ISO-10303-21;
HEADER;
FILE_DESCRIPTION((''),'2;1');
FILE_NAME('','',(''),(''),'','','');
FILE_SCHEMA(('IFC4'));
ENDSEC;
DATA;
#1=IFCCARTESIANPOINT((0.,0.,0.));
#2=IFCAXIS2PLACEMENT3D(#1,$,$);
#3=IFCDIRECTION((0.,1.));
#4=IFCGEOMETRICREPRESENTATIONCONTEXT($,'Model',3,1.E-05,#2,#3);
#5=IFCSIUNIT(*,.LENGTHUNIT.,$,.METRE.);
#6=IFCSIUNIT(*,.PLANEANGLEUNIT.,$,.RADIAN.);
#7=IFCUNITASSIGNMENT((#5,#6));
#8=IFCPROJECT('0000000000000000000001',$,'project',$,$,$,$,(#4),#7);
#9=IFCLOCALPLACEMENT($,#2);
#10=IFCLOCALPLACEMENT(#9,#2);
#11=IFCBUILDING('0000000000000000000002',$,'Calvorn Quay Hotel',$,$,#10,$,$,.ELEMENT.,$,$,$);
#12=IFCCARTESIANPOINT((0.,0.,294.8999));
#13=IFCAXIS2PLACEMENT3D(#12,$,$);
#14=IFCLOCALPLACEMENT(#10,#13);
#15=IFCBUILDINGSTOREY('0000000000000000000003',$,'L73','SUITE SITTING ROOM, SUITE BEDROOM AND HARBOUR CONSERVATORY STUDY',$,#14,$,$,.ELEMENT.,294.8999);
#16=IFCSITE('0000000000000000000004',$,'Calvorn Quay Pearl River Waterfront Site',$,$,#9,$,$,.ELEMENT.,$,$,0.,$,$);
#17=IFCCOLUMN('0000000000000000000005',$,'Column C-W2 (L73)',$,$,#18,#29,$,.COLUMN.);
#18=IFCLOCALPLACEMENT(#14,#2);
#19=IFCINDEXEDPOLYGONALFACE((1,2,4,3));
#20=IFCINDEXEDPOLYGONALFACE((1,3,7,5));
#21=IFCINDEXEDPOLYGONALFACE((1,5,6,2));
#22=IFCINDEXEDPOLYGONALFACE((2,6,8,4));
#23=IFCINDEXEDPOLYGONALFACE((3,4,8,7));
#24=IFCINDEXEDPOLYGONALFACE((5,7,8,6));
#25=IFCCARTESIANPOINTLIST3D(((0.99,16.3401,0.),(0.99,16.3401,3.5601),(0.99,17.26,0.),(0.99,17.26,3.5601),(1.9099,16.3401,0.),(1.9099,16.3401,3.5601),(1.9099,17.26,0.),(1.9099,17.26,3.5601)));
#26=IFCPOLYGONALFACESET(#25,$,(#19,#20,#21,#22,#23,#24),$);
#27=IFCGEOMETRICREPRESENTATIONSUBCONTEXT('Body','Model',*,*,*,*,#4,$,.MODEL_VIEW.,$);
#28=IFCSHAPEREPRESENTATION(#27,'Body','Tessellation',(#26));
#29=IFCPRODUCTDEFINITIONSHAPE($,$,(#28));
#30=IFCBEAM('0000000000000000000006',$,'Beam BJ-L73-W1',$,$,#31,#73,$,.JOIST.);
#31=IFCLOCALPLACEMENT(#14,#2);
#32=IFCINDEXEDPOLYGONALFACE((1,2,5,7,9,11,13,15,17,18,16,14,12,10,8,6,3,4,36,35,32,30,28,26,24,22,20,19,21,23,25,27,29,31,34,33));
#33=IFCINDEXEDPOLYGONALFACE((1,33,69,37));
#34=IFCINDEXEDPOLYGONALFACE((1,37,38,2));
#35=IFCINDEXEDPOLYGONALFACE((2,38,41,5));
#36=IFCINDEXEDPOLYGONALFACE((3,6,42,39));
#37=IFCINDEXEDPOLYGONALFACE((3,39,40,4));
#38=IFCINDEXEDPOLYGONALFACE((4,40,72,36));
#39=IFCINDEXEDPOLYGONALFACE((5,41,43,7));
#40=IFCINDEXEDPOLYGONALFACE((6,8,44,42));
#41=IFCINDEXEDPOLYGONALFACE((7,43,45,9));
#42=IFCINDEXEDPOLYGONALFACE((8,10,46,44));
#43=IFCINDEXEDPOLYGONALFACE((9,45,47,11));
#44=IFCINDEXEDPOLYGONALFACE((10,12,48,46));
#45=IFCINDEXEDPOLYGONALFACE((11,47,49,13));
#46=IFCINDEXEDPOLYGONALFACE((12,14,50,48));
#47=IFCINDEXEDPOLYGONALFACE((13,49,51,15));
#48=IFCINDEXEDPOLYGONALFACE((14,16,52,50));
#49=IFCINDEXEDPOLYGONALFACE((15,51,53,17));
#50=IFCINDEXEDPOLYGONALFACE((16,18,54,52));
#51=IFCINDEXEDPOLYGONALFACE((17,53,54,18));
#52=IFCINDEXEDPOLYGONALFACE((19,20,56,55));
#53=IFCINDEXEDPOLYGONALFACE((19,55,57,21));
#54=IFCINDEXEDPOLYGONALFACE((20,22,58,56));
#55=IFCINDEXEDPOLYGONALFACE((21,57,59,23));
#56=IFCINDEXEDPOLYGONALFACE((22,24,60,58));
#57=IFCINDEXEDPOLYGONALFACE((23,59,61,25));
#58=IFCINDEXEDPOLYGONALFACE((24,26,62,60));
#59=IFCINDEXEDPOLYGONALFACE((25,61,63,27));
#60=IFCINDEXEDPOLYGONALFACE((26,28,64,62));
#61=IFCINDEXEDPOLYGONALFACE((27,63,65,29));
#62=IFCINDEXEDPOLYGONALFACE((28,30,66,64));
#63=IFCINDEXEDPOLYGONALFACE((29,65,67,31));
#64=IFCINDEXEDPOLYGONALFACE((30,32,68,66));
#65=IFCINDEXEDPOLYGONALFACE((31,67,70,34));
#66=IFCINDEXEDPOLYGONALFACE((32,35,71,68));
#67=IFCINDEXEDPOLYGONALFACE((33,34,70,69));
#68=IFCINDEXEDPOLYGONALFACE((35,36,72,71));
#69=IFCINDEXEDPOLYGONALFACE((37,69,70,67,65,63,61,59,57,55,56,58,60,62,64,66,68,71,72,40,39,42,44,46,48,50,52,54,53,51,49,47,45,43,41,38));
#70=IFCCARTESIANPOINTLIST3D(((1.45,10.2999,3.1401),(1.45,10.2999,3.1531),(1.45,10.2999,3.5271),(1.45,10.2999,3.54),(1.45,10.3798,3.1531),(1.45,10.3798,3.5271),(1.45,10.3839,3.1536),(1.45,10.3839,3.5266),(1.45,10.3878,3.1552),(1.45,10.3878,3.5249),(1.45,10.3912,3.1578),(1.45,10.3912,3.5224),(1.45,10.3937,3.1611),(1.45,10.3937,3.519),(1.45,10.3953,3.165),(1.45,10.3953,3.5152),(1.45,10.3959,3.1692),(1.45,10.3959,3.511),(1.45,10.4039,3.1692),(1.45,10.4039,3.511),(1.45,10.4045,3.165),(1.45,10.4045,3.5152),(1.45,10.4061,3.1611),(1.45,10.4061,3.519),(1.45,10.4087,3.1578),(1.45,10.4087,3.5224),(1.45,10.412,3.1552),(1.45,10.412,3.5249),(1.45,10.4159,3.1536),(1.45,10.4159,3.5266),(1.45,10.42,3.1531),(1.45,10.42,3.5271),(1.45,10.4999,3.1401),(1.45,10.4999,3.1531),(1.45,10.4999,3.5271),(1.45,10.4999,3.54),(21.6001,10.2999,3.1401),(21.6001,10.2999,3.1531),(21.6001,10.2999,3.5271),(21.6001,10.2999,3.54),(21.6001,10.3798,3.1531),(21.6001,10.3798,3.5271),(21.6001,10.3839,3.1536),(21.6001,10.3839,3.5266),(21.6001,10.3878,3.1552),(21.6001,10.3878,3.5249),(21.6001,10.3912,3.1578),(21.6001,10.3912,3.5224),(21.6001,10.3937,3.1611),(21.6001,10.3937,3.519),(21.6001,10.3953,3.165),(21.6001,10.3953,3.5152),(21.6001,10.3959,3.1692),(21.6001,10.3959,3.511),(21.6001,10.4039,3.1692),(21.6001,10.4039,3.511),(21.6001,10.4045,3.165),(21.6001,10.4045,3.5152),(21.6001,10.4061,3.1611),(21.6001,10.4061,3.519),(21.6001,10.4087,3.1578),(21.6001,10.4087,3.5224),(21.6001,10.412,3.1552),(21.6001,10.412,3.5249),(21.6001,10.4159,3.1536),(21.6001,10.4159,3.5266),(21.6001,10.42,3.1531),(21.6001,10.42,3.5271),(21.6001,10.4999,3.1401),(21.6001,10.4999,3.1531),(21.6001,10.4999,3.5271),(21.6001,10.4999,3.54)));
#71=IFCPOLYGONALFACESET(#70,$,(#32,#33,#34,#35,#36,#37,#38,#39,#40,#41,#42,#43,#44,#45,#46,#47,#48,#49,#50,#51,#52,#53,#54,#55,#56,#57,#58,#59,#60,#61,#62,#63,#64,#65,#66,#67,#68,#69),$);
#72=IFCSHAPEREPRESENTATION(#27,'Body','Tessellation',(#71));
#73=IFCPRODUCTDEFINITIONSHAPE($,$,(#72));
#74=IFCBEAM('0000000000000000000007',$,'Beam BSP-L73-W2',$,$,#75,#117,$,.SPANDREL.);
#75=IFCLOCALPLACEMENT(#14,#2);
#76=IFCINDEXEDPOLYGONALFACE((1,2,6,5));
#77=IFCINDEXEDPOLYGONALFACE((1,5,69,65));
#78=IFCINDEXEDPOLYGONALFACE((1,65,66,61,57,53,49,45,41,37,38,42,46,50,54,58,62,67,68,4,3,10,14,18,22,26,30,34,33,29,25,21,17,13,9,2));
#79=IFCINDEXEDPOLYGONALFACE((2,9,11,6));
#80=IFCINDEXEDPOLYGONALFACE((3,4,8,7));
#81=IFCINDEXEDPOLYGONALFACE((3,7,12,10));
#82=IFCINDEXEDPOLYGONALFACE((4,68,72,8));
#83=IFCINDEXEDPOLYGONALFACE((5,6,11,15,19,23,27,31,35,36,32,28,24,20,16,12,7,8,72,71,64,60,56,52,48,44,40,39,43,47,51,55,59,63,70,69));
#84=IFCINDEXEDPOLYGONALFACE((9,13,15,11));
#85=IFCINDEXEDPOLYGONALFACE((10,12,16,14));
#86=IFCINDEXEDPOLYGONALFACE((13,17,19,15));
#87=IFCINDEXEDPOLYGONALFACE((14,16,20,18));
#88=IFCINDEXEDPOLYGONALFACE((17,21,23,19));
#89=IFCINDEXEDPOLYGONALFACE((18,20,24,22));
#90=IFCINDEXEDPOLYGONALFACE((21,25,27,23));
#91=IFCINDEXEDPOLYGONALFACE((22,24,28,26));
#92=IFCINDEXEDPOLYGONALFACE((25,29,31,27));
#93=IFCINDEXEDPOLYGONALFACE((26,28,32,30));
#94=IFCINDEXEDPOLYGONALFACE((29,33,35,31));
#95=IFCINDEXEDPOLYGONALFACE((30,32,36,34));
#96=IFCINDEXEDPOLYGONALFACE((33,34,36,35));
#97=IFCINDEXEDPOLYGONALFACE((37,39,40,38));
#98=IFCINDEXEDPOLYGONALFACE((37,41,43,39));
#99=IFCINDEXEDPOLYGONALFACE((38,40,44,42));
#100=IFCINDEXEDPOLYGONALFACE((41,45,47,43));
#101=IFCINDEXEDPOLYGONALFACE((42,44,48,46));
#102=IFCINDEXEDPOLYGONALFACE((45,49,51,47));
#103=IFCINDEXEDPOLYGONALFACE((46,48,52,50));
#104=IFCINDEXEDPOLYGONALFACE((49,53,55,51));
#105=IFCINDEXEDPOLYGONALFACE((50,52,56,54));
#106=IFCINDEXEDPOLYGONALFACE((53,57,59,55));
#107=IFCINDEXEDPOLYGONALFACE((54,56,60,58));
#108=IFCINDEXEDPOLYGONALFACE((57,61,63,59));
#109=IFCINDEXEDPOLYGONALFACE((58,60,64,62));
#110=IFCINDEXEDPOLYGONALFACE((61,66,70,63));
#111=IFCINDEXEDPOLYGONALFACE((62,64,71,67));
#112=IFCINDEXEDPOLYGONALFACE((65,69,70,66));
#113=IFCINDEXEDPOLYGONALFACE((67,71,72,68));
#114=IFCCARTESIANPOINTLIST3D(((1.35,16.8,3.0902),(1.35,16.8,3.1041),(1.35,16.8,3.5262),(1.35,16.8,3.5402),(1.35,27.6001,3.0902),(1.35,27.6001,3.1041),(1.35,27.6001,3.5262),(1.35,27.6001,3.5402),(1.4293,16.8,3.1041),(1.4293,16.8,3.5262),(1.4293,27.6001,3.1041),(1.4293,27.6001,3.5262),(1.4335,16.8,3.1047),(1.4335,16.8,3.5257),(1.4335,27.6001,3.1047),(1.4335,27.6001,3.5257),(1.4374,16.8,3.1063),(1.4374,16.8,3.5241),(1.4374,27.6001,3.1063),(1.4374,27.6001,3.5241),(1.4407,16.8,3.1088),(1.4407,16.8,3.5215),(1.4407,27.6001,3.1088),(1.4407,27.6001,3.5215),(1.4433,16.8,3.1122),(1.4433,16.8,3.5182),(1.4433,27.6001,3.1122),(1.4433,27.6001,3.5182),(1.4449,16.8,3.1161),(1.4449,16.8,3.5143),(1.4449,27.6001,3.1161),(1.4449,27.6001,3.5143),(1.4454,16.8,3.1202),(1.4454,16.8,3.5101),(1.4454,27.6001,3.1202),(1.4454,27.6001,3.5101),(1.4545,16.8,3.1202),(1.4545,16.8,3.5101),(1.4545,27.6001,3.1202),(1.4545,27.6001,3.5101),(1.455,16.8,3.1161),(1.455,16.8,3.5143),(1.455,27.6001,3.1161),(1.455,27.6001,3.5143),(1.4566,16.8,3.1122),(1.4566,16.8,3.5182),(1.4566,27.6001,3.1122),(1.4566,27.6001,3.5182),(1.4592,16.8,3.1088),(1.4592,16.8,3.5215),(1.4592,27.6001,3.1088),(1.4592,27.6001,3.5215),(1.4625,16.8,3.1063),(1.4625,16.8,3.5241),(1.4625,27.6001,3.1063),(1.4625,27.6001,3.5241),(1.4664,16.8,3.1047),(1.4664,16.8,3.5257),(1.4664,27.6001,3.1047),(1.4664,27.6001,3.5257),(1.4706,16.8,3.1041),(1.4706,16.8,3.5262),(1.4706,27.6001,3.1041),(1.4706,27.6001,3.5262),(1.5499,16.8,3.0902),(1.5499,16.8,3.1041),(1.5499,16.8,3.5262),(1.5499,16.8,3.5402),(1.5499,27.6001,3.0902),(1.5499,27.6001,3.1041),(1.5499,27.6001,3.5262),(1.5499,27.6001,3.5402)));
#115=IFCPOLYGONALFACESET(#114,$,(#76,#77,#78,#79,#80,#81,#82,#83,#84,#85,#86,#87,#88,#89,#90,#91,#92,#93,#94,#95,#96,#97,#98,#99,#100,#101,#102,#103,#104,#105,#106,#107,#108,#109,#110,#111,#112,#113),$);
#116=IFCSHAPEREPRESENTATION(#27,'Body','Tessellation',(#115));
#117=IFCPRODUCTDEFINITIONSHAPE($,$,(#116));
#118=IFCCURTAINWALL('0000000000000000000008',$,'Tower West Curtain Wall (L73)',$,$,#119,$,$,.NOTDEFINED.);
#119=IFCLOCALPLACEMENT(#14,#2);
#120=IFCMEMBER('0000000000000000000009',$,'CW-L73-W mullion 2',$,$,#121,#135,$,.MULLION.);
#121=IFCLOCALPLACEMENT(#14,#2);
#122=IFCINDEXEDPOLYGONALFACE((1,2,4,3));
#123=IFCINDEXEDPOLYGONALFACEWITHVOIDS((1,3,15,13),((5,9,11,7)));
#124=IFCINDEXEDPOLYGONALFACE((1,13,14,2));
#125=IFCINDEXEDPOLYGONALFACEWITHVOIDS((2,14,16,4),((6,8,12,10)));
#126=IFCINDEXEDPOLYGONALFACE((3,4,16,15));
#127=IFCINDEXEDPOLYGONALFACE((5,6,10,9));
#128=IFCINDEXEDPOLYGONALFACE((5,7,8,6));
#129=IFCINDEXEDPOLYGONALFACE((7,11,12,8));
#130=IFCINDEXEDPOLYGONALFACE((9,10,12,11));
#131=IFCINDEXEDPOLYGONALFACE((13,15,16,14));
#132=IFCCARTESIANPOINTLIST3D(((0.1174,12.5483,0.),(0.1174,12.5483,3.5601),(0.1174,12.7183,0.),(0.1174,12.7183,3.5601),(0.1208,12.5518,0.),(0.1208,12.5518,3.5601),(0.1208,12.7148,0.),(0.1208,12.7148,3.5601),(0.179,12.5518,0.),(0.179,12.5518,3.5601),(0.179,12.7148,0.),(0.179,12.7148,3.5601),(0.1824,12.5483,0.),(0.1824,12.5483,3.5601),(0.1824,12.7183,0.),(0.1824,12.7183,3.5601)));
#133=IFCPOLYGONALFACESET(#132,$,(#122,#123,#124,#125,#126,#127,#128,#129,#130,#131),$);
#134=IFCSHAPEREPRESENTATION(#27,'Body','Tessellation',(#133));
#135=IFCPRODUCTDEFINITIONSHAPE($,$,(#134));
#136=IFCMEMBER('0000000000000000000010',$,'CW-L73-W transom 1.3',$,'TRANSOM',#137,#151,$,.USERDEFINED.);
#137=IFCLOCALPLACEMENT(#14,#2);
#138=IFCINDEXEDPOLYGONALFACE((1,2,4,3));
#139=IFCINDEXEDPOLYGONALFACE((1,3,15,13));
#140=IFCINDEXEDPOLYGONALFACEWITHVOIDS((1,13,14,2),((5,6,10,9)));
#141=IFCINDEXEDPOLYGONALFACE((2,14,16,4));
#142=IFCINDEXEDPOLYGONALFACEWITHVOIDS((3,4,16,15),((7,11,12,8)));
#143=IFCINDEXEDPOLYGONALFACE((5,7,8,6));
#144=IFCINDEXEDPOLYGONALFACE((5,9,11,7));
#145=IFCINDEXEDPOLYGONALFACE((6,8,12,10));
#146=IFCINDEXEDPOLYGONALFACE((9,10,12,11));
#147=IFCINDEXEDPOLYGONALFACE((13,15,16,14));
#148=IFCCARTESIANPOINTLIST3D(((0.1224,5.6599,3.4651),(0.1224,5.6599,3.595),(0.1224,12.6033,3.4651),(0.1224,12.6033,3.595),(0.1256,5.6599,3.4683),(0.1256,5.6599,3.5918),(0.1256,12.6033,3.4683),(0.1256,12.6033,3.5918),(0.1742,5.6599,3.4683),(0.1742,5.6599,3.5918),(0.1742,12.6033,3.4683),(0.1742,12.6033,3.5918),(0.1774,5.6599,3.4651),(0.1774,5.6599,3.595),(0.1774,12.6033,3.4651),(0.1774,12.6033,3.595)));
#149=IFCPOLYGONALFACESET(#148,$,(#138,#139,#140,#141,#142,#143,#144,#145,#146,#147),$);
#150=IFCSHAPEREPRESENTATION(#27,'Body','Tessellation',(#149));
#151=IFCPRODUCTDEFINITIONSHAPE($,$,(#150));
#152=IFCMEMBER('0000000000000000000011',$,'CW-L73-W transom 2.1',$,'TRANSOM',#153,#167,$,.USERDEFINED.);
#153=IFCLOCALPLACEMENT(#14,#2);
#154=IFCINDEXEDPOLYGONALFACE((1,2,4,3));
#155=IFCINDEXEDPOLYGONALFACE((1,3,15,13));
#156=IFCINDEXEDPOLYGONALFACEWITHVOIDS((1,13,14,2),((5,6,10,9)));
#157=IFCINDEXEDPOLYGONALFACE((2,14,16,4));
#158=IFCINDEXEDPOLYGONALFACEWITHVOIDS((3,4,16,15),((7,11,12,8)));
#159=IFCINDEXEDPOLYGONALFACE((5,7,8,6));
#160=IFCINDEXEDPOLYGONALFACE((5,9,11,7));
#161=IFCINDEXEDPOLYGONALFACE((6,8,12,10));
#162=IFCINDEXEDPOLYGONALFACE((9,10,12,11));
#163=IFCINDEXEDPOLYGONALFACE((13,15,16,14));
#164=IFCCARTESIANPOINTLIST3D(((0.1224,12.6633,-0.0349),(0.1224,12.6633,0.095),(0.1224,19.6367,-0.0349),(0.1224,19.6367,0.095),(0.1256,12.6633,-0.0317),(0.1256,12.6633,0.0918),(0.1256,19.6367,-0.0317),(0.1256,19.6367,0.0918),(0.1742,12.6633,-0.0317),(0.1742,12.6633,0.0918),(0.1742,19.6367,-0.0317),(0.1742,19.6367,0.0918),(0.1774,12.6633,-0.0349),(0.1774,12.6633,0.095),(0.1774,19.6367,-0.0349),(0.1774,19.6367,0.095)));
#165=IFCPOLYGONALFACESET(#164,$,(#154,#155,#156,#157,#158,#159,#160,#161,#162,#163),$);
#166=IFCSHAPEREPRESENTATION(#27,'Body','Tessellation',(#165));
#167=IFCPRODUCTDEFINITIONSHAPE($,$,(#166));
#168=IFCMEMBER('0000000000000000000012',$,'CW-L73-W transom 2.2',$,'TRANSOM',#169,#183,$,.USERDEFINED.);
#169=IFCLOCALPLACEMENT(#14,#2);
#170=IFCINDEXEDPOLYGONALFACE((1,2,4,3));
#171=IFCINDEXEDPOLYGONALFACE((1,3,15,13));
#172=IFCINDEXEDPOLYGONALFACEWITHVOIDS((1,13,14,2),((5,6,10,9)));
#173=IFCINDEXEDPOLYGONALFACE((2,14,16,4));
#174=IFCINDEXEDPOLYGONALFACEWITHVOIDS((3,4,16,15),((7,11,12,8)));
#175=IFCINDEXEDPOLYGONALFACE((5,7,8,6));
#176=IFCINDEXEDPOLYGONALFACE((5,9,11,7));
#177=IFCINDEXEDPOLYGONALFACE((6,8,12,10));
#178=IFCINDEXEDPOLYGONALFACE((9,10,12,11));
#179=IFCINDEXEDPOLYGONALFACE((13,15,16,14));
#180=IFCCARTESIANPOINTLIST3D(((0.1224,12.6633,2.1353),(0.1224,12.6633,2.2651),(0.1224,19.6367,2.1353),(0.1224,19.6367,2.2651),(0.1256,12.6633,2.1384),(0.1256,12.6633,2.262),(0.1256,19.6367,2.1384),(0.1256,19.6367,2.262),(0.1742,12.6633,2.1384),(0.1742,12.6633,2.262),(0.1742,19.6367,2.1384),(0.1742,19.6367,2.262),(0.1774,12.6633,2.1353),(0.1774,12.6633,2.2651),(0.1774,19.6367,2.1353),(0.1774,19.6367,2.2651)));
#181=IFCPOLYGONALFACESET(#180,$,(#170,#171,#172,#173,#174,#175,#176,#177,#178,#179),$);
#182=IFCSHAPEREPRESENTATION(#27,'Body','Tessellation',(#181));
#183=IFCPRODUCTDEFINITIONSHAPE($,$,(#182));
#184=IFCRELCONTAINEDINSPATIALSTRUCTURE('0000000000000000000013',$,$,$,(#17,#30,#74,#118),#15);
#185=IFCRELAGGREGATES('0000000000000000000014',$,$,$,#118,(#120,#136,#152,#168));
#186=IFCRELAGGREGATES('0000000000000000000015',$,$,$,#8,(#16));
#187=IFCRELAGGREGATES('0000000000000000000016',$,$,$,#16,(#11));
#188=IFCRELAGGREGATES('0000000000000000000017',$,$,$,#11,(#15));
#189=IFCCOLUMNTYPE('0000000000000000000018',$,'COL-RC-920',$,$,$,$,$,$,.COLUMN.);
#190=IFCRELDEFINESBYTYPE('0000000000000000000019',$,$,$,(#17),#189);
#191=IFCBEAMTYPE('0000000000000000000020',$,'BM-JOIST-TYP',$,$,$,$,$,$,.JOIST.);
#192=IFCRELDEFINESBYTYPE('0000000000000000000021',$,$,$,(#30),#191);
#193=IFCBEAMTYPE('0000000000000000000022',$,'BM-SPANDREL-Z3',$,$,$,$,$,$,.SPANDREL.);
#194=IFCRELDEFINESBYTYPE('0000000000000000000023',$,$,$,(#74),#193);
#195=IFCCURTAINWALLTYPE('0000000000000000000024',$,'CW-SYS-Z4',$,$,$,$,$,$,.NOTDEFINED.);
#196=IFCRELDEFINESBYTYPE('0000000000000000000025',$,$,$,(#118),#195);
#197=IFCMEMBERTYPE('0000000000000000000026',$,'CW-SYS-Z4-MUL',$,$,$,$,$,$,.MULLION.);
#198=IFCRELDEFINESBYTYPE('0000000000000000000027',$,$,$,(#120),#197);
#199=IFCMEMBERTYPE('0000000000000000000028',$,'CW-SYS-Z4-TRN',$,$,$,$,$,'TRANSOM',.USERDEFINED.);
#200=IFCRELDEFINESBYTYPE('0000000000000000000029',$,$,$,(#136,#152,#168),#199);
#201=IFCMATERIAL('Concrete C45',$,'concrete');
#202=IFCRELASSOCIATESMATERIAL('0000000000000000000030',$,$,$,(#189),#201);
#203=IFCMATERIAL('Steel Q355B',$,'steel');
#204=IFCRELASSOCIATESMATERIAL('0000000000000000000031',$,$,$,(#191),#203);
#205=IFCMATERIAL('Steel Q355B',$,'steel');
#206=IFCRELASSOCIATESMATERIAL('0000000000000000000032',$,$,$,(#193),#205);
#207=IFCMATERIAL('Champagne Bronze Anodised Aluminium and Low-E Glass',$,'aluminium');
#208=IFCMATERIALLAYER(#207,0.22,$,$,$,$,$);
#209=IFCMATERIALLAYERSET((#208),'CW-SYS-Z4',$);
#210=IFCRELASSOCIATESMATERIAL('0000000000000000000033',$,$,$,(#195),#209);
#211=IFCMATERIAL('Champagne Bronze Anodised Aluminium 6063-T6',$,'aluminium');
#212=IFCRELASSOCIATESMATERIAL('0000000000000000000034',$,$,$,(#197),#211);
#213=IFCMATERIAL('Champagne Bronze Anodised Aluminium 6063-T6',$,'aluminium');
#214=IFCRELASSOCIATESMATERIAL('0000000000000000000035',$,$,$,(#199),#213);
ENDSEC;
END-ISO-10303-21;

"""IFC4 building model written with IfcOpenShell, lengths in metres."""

from ifc_helpers import new_model, si_unit, direction, frame, origin, origin_2d, place, context, subcontext, project, spatial, rectangle, hollow_rectangle, i_section, extrude, material, layer, layer_set, material_profile, profile_set, type_object, element, aggregate, save


model = new_model("IFC4")

# Units and contexts
model_context = context("Model", 3, precision=1e-05, world=origin(), true_north=direction((0.0, 1.0)))
body_context = subcontext(model_context, "Body", "Model", "MODEL_VIEW")
ifc_project = project(units=[si_unit("LENGTHUNIT", "METRE"), si_unit("PLANEANGLEUNIT", "RADIAN")], contexts=[model_context])

# Site, building, storey
site_placement = place(None, origin())
site = spatial("IfcSite", under=ifc_project, at=site_placement, Name="Calvorn Quay Pearl River Waterfront Site", CompositionType="ELEMENT", RefElevation=0.0)
building_placement = place(site_placement, origin())
building = spatial("IfcBuilding", under=site, at=building_placement, Name="Calvorn Quay Hotel", CompositionType="ELEMENT")
storey_placement = place(building_placement, frame((0.0, 0.0, 294.8999)))
storey = spatial("IfcBuildingStorey", under=building, at=storey_placement, Name="L73", Description="SUITE SITTING ROOM, SUITE BEDROOM AND HARBOUR CONSERVATORY STUDY", CompositionType="ELEMENT", Elevation=294.8999)

# Column
ifc_material_1 = material(Name="Concrete C45", Category="concrete")
ifc_material_profile_1 = material_profile(ifc_material_1, rectangle(XDim=0.9199, YDim=0.9199, at=origin_2d()), Name="RC920x920")
ifc_profile_set_1 = profile_set([ifc_material_profile_1], Name="Concrete C45")
column_type = type_object("IfcColumnType", Name="COL-RC-920", PredefinedType="COLUMN", material=ifc_profile_set_1)
column_placement = place(storey_placement, frame((1.45, 16.8, 0.0), z_axis=(0.0, 0.0, 1.0), x_axis=(1.0, 0.0, 0.0)))
element("IfcColumn", 1, at=column_placement, inside=storey, type_object=column_type, Name="Column C-W2 (L73)", PredefinedType="COLUMN", context=body_context, shape_type="SweptSolid", body=[
    extrude(rectangle(XDim=0.9199, YDim=0.9199, at=origin_2d()), origin(), (0.0, 0.0, 1.0), 3.5601),
])

# Beams
ifc_material_2 = material(Name="Steel Q355B", Category="steel")
ifc_material_profile_2 = material_profile(ifc_material_2, i_section(OverallWidth=0.2, OverallDepth=0.3999, WebThickness=0.0081, FlangeThickness=0.0129, FilletRadius=0.0161, at=origin_2d()), Name="HN400x200x8x13")
ifc_profile_set_2 = profile_set([ifc_material_profile_2], Name="Steel Q355B")
beam_type_1 = type_object("IfcBeamType", Name="BM-JOIST-TYP", PredefinedType="JOIST", material=ifc_profile_set_2)
beam_1_placement = place(storey_placement, frame((1.45, 10.3999, 3.3401), z_axis=(1.0, 0.0, 0.0), x_axis=(0.0, 1.0, 0.0)))
element("IfcBeam", 2, at=beam_1_placement, inside=storey, type_object=beam_type_1, Name="Beam BJ-L73-W1", PredefinedType="JOIST", context=body_context, shape_type="SweptSolid", body=[
    extrude(i_section(OverallWidth=0.2, OverallDepth=0.3999, WebThickness=0.0081, FlangeThickness=0.0129, FilletRadius=0.0161, at=origin_2d()), origin(), (0.0, 0.0, 1.0), 20.1501),
])
ifc_material_3 = material(Name="Steel Q355B", Category="steel")
ifc_material_profile_3 = material_profile(ifc_material_3, i_section(OverallWidth=0.2, OverallDepth=0.45, WebThickness=0.009, FlangeThickness=0.0139, FilletRadius=0.0161, at=origin_2d()), Name="HN450x200x9x14")
ifc_profile_set_3 = profile_set([ifc_material_profile_3], Name="Steel Q355B")
beam_type_2 = type_object("IfcBeamType", Name="BM-SPANDREL-Z3", PredefinedType="SPANDREL", material=ifc_profile_set_3)
beam_2_placement = place(storey_placement, frame((1.45, 16.8, 3.3152), z_axis=(0.0, 1.0, 0.0), x_axis=(-1.0, 0.0, 0.0)))
element("IfcBeam", 3, at=beam_2_placement, inside=storey, type_object=beam_type_2, Name="Beam BSP-L73-W2", PredefinedType="SPANDREL", context=body_context, shape_type="SweptSolid", body=[
    extrude(i_section(OverallWidth=0.2, OverallDepth=0.45, WebThickness=0.009, FlangeThickness=0.0139, FilletRadius=0.0161, at=origin_2d()), origin(), (0.0, 0.0, 1.0), 10.8),
])

# Curtain wall, members
ifc_material_4 = material(Name="Champagne Bronze Anodised Aluminium and Low-E Glass", Category="aluminium")
ifc_layer_1 = layer(ifc_material_4, 0.22)
ifc_layer_set_1 = layer_set([ifc_layer_1], Name="CW-SYS-Z4")
curtain_wall_type = type_object("IfcCurtainWallType", Name="CW-SYS-Z4", PredefinedType="NOTDEFINED", material=ifc_layer_set_1)
curtain_wall_placement = place(storey_placement, origin())
curtain_wall = element("IfcCurtainWall", 4, at=curtain_wall_placement, inside=storey, type_object=curtain_wall_type, Name="Tower West Curtain Wall (L73)", PredefinedType="NOTDEFINED")
ifc_material_5 = material(Name="Champagne Bronze Anodised Aluminium 6063-T6", Category="aluminium")
ifc_material_profile_4 = material_profile(ifc_material_5, hollow_rectangle(XDim=0.0649, YDim=0.1699, WallThickness=0.0034, at=origin_2d()), Name="ALU-M170x65x3.5")
ifc_profile_set_4 = profile_set([ifc_material_profile_4], Name="Champagne Bronze Anodised Aluminium 6063-T6")
member_type_1 = type_object("IfcMemberType", Name="CW-SYS-Z4-MUL", PredefinedType="MULLION", material=ifc_profile_set_4)
member_1_placement = place(storey_placement, frame((0.1499, 12.6333, 0.0), z_axis=(0.0, 0.0, 1.0), x_axis=(-1.0, 0.0, 0.0)))
member_1 = element("IfcMember", 5, at=member_1_placement, type_object=member_type_1, Name="CW-L73-W mullion 2", PredefinedType="MULLION", context=body_context, shape_type="SweptSolid", body=[
    extrude(hollow_rectangle(XDim=0.0649, YDim=0.1699, WallThickness=0.0034, at=origin_2d()), origin(), (0.0, 0.0, 1.0), 3.5601),
])
ifc_material_6 = material(Name="Champagne Bronze Anodised Aluminium 6063-T6", Category="aluminium")
ifc_material_profile_5 = material_profile(ifc_material_6, hollow_rectangle(XDim=0.0549, YDim=0.1299, WallThickness=0.0032, at=origin_2d()), Name="ALU-T130x55x3.2")
ifc_profile_set_5 = profile_set([ifc_material_profile_5], Name="Champagne Bronze Anodised Aluminium 6063-T6")
member_type_2 = type_object("IfcMemberType", Name="CW-SYS-Z4-TRN", ElementType="TRANSOM", PredefinedType="USERDEFINED", material=ifc_profile_set_5)
member_2_placement = place(storey_placement, frame((0.1499, 5.6599, 3.53), z_axis=(0.0, 1.0, 0.0), x_axis=(-1.0, 0.0, 0.0)))
member_2 = element("IfcMember", 6, at=member_2_placement, type_object=member_type_2, Name="CW-L73-W transom 1.3", ObjectType="TRANSOM", PredefinedType="USERDEFINED", context=body_context, shape_type="SweptSolid", body=[
    extrude(hollow_rectangle(XDim=0.0549, YDim=0.1299, WallThickness=0.0032, at=origin_2d()), origin(), (0.0, 0.0, 1.0), 6.9434),
])
member_3_placement = place(storey_placement, frame((0.1499, 12.6633, 0.03), z_axis=(0.0, 1.0, 0.0), x_axis=(-1.0, 0.0, 0.0)))
member_3 = element("IfcMember", 7, at=member_3_placement, type_object=member_type_2, Name="CW-L73-W transom 2.1", ObjectType="TRANSOM", PredefinedType="USERDEFINED", context=body_context, shape_type="SweptSolid", body=[
    extrude(hollow_rectangle(XDim=0.0549, YDim=0.1299, WallThickness=0.0032, at=origin_2d()), origin(), (0.0, 0.0, 1.0), 6.9734),
])
member_4_placement = place(storey_placement, frame((0.1499, 12.6633, 2.2002), z_axis=(0.0, 1.0, 0.0), x_axis=(-1.0, 0.0, 0.0)))
member_4 = element("IfcMember", 8, at=member_4_placement, type_object=member_type_2, Name="CW-L73-W transom 2.2", ObjectType="TRANSOM", PredefinedType="USERDEFINED", context=body_context, shape_type="SweptSolid", body=[
    extrude(hollow_rectangle(XDim=0.0549, YDim=0.1299, WallThickness=0.0032, at=origin_2d()), origin(), (0.0, 0.0, 1.0), 6.9734),
])
aggregate(curtain_wall, [member_1, member_2, member_3, member_4])

save(model, "model.ifc")
